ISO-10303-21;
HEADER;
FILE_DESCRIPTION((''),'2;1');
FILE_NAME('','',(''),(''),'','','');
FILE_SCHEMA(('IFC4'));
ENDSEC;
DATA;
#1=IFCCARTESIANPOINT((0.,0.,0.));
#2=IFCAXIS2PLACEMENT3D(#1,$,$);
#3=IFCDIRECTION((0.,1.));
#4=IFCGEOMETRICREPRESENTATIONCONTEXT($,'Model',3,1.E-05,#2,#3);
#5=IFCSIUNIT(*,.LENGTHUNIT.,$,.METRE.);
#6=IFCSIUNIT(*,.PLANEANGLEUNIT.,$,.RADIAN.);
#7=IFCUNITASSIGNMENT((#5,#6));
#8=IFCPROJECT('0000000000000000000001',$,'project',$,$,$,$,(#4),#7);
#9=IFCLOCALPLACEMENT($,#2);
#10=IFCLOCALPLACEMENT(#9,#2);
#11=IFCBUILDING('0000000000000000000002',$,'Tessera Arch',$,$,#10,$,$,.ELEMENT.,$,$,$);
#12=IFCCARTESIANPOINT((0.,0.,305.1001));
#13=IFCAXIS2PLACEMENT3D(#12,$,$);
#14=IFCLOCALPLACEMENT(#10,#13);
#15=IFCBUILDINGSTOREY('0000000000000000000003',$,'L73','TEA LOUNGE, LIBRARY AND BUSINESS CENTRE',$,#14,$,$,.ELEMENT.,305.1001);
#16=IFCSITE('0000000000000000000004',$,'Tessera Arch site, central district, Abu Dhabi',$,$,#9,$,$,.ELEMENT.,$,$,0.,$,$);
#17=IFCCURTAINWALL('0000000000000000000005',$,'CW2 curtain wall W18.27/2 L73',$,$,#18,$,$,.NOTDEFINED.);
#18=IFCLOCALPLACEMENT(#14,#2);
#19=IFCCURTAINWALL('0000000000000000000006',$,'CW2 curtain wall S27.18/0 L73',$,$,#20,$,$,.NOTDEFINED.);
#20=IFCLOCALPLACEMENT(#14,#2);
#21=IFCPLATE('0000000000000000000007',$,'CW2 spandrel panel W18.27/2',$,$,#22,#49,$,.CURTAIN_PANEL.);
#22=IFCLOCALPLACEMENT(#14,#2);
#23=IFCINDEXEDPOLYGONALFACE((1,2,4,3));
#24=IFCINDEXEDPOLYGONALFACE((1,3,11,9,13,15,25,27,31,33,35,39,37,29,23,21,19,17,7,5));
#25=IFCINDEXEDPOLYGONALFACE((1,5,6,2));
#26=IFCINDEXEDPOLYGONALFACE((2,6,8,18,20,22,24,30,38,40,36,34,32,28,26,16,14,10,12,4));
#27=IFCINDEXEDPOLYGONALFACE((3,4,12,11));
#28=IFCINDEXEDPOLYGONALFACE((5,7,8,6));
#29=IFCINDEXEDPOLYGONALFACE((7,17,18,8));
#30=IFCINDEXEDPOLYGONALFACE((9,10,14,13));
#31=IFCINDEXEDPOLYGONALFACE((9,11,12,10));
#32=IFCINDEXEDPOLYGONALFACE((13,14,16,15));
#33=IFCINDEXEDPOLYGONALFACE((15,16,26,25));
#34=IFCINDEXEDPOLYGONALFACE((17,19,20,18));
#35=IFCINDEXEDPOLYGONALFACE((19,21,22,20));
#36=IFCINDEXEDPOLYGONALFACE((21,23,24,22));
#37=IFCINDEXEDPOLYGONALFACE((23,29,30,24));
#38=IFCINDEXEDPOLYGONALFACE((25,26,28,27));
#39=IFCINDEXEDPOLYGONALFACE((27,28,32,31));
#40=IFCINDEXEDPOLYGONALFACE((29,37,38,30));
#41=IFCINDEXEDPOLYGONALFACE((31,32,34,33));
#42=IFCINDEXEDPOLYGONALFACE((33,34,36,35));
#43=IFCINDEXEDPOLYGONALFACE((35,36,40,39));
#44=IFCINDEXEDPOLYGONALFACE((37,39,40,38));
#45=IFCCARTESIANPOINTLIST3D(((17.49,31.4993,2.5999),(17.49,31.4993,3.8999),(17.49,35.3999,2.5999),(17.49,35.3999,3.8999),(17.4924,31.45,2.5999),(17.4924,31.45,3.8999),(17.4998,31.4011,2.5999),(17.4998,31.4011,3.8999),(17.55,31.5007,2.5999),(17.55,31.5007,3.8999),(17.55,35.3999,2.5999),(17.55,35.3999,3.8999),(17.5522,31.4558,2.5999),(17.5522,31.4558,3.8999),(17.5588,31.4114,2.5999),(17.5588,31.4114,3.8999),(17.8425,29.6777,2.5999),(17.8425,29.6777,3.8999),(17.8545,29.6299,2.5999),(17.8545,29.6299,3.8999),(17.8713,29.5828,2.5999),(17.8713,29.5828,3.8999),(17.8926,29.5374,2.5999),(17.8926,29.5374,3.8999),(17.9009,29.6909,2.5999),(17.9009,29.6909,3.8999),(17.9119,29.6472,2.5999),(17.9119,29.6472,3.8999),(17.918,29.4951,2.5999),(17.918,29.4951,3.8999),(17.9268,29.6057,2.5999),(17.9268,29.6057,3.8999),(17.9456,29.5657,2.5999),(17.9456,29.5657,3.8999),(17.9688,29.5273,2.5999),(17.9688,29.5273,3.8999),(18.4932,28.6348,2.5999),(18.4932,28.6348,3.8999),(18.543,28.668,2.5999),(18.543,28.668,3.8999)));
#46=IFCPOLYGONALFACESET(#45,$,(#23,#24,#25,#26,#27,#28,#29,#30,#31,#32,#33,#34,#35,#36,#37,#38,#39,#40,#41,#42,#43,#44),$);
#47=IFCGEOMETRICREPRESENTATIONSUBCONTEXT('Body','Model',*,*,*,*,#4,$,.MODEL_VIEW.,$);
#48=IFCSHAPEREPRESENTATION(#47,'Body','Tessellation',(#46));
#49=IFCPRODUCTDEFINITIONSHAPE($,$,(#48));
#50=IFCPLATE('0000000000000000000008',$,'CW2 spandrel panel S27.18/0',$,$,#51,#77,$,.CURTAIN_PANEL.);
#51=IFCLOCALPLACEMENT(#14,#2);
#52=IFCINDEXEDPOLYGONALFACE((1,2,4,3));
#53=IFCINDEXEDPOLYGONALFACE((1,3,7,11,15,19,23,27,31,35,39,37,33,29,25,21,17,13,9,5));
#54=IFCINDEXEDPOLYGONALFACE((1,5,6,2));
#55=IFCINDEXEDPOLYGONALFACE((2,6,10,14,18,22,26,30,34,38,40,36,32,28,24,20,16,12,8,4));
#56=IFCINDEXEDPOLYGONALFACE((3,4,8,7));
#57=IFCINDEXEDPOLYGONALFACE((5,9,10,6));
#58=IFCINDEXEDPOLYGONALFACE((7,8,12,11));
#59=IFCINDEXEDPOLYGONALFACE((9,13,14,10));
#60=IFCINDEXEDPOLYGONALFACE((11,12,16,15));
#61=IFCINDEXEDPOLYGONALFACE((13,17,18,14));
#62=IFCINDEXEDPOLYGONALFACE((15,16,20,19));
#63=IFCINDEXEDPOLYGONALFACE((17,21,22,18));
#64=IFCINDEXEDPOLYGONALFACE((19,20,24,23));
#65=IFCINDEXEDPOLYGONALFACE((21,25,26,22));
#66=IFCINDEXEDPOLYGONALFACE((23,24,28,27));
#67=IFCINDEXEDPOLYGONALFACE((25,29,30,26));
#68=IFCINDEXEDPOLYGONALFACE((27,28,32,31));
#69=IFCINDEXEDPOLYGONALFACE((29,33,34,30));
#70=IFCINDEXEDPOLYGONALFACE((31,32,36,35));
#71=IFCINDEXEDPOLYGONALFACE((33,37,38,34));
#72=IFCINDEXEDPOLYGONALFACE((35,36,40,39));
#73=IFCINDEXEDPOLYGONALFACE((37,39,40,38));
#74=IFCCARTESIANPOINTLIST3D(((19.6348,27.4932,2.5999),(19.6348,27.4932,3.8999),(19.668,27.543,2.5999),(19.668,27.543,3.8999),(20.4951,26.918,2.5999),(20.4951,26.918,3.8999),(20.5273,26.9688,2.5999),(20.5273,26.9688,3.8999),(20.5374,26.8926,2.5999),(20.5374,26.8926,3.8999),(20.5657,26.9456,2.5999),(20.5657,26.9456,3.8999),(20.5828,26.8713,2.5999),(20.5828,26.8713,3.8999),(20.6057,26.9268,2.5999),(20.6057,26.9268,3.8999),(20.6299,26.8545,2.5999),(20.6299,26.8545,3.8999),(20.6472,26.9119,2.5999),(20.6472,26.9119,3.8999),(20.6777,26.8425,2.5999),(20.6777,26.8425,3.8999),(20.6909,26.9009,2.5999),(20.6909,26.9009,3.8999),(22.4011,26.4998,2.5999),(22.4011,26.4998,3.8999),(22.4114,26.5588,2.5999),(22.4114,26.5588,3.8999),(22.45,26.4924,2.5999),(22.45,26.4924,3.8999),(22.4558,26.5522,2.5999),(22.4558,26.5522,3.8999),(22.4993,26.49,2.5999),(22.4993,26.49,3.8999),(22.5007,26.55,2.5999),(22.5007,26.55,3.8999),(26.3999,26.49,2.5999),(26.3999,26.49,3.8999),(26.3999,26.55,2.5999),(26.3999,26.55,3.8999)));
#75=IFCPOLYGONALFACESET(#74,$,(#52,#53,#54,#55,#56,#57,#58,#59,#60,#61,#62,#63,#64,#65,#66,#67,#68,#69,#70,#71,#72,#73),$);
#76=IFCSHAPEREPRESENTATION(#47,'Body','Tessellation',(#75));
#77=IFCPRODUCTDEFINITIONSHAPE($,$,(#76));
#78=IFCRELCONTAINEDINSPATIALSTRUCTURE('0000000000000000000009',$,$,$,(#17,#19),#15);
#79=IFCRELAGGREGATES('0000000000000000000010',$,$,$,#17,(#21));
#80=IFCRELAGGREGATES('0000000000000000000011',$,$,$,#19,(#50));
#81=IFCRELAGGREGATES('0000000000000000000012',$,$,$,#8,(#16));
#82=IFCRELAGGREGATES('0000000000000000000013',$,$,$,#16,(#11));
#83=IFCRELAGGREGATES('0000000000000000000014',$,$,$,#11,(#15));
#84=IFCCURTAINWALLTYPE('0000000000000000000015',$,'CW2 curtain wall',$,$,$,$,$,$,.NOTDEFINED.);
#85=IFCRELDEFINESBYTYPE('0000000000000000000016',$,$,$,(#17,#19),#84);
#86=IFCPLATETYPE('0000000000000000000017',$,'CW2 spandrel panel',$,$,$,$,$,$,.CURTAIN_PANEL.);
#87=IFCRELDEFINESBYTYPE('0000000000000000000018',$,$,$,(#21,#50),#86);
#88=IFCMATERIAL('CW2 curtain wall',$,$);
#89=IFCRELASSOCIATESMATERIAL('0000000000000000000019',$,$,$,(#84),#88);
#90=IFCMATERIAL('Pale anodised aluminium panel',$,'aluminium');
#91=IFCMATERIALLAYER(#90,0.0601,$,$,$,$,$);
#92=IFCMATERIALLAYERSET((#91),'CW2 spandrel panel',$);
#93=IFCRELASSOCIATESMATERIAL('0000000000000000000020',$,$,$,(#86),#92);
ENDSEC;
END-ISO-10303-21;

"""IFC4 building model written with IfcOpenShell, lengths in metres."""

from ifc_helpers import new_model, si_unit, direction, frame, origin, place, context, subcontext, project, spatial, polyline, outline, extrude, material, layer, layer_set, type_object, element, aggregate, save


model = new_model("IFC4")

# Units and contexts
model_context = context("Model", 3, precision=1e-05, world=origin(), true_north=direction((0.0, 1.0)))
body_context = subcontext(model_context, "Body", "Model", "MODEL_VIEW")
ifc_project = project(units=[si_unit("LENGTHUNIT", "METRE"), si_unit("PLANEANGLEUNIT", "RADIAN")], contexts=[model_context])

# Site, building, storey
site_placement = place(None, origin())
site = spatial("IfcSite", under=ifc_project, at=site_placement, Name="Tessera Arch site, central district, Abu Dhabi", CompositionType="ELEMENT", RefElevation=0.0)
building_placement = place(site_placement, origin())
building = spatial("IfcBuilding", under=site, at=building_placement, Name="Tessera Arch", CompositionType="ELEMENT")
storey_placement = place(building_placement, frame((0.0, 0.0, 305.1001)))
storey = spatial("IfcBuildingStorey", under=building, at=storey_placement, Name="L73", Description="TEA LOUNGE, LIBRARY AND BUSINESS CENTRE", CompositionType="ELEMENT", Elevation=305.1001)

# Curtain walls
ifc_material_1 = material(Name="CW2 curtain wall")
curtain_wall_type = type_object("IfcCurtainWallType", Name="CW2 curtain wall", PredefinedType="NOTDEFINED", material=ifc_material_1)
curtain_wall_1_placement = place(storey_placement, origin())
curtain_wall_1 = element("IfcCurtainWall", 1, at=curtain_wall_1_placement, inside=storey, type_object=curtain_wall_type, Name="CW2 curtain wall W18.27/2 L73", PredefinedType="NOTDEFINED")
curtain_wall_2_placement = place(storey_placement, origin())
curtain_wall_2 = element("IfcCurtainWall", 2, at=curtain_wall_2_placement, inside=storey, type_object=curtain_wall_type, Name="CW2 curtain wall S27.18/0 L73", PredefinedType="NOTDEFINED")

# Plates
ifc_material_2 = material(Name="Pale anodised aluminium panel", Category="aluminium")
ifc_layer_1 = layer(ifc_material_2, 0.0601)
ifc_layer_set_1 = layer_set([ifc_layer_1], Name="CW2 spandrel panel")
plate_type_1 = type_object("IfcPlateType", Name="CW2 spandrel panel", PredefinedType="CURTAIN_PANEL", material=ifc_layer_set_1)
plate_1_placement = place(storey_placement, frame((0.0, 0.0, 2.5999)))
plate_1 = element("IfcPlate", 3, at=plate_1_placement, type_object=plate_type_1, Name="CW2 spandrel panel W18.27/2", PredefinedType="CURTAIN_PANEL", context=body_context, shape_type="SweptSolid", body=[
    extrude(outline(polyline([(17.55, 31.5007), (17.55, 35.3999), (17.49, 35.3999), (17.49, 31.4993), (17.4924, 31.45), (17.4998, 31.4011), (17.8425, 29.6777), (17.8545, 29.6299), (17.8713, 29.5828), (17.8926, 29.5374), (17.918, 29.4951), (18.4932, 28.6348), (18.543, 28.668), (17.9688, 29.5273), (17.9456, 29.5657), (17.9268, 29.6057), (17.9119, 29.6472), (17.9009, 29.6909), (17.5588, 31.4114), (17.5522, 31.4558), (17.55, 31.5007)])), origin(), (0.0, 0.0, 1.0), 1.3),
])
aggregate(curtain_wall_1, [plate_1])
plate_2_placement = place(storey_placement, frame((0.0, 0.0, 2.5999)))
plate_2 = element("IfcPlate", 4, at=plate_2_placement, type_object=plate_type_1, Name="CW2 spandrel panel S27.18/0", PredefinedType="CURTAIN_PANEL", context=body_context, shape_type="SweptSolid", body=[
    extrude(outline(polyline([(20.5273, 26.9688), (19.668, 27.543), (19.6348, 27.4932), (20.4951, 26.918), (20.5374, 26.8926), (20.5828, 26.8713), (20.6299, 26.8545), (20.6777, 26.8425), (22.4011, 26.4998), (22.45, 26.4924), (22.4993, 26.49), (26.3999, 26.49), (26.3999, 26.55), (22.5007, 26.55), (22.4558, 26.5522), (22.4114, 26.5588), (20.6909, 26.9009), (20.6472, 26.9119), (20.6057, 26.9268), (20.5657, 26.9456), (20.5273, 26.9688)])), origin(), (0.0, 0.0, 1.0), 1.3),
])
aggregate(curtain_wall_2, [plate_2])

save(model, "model.ifc")
